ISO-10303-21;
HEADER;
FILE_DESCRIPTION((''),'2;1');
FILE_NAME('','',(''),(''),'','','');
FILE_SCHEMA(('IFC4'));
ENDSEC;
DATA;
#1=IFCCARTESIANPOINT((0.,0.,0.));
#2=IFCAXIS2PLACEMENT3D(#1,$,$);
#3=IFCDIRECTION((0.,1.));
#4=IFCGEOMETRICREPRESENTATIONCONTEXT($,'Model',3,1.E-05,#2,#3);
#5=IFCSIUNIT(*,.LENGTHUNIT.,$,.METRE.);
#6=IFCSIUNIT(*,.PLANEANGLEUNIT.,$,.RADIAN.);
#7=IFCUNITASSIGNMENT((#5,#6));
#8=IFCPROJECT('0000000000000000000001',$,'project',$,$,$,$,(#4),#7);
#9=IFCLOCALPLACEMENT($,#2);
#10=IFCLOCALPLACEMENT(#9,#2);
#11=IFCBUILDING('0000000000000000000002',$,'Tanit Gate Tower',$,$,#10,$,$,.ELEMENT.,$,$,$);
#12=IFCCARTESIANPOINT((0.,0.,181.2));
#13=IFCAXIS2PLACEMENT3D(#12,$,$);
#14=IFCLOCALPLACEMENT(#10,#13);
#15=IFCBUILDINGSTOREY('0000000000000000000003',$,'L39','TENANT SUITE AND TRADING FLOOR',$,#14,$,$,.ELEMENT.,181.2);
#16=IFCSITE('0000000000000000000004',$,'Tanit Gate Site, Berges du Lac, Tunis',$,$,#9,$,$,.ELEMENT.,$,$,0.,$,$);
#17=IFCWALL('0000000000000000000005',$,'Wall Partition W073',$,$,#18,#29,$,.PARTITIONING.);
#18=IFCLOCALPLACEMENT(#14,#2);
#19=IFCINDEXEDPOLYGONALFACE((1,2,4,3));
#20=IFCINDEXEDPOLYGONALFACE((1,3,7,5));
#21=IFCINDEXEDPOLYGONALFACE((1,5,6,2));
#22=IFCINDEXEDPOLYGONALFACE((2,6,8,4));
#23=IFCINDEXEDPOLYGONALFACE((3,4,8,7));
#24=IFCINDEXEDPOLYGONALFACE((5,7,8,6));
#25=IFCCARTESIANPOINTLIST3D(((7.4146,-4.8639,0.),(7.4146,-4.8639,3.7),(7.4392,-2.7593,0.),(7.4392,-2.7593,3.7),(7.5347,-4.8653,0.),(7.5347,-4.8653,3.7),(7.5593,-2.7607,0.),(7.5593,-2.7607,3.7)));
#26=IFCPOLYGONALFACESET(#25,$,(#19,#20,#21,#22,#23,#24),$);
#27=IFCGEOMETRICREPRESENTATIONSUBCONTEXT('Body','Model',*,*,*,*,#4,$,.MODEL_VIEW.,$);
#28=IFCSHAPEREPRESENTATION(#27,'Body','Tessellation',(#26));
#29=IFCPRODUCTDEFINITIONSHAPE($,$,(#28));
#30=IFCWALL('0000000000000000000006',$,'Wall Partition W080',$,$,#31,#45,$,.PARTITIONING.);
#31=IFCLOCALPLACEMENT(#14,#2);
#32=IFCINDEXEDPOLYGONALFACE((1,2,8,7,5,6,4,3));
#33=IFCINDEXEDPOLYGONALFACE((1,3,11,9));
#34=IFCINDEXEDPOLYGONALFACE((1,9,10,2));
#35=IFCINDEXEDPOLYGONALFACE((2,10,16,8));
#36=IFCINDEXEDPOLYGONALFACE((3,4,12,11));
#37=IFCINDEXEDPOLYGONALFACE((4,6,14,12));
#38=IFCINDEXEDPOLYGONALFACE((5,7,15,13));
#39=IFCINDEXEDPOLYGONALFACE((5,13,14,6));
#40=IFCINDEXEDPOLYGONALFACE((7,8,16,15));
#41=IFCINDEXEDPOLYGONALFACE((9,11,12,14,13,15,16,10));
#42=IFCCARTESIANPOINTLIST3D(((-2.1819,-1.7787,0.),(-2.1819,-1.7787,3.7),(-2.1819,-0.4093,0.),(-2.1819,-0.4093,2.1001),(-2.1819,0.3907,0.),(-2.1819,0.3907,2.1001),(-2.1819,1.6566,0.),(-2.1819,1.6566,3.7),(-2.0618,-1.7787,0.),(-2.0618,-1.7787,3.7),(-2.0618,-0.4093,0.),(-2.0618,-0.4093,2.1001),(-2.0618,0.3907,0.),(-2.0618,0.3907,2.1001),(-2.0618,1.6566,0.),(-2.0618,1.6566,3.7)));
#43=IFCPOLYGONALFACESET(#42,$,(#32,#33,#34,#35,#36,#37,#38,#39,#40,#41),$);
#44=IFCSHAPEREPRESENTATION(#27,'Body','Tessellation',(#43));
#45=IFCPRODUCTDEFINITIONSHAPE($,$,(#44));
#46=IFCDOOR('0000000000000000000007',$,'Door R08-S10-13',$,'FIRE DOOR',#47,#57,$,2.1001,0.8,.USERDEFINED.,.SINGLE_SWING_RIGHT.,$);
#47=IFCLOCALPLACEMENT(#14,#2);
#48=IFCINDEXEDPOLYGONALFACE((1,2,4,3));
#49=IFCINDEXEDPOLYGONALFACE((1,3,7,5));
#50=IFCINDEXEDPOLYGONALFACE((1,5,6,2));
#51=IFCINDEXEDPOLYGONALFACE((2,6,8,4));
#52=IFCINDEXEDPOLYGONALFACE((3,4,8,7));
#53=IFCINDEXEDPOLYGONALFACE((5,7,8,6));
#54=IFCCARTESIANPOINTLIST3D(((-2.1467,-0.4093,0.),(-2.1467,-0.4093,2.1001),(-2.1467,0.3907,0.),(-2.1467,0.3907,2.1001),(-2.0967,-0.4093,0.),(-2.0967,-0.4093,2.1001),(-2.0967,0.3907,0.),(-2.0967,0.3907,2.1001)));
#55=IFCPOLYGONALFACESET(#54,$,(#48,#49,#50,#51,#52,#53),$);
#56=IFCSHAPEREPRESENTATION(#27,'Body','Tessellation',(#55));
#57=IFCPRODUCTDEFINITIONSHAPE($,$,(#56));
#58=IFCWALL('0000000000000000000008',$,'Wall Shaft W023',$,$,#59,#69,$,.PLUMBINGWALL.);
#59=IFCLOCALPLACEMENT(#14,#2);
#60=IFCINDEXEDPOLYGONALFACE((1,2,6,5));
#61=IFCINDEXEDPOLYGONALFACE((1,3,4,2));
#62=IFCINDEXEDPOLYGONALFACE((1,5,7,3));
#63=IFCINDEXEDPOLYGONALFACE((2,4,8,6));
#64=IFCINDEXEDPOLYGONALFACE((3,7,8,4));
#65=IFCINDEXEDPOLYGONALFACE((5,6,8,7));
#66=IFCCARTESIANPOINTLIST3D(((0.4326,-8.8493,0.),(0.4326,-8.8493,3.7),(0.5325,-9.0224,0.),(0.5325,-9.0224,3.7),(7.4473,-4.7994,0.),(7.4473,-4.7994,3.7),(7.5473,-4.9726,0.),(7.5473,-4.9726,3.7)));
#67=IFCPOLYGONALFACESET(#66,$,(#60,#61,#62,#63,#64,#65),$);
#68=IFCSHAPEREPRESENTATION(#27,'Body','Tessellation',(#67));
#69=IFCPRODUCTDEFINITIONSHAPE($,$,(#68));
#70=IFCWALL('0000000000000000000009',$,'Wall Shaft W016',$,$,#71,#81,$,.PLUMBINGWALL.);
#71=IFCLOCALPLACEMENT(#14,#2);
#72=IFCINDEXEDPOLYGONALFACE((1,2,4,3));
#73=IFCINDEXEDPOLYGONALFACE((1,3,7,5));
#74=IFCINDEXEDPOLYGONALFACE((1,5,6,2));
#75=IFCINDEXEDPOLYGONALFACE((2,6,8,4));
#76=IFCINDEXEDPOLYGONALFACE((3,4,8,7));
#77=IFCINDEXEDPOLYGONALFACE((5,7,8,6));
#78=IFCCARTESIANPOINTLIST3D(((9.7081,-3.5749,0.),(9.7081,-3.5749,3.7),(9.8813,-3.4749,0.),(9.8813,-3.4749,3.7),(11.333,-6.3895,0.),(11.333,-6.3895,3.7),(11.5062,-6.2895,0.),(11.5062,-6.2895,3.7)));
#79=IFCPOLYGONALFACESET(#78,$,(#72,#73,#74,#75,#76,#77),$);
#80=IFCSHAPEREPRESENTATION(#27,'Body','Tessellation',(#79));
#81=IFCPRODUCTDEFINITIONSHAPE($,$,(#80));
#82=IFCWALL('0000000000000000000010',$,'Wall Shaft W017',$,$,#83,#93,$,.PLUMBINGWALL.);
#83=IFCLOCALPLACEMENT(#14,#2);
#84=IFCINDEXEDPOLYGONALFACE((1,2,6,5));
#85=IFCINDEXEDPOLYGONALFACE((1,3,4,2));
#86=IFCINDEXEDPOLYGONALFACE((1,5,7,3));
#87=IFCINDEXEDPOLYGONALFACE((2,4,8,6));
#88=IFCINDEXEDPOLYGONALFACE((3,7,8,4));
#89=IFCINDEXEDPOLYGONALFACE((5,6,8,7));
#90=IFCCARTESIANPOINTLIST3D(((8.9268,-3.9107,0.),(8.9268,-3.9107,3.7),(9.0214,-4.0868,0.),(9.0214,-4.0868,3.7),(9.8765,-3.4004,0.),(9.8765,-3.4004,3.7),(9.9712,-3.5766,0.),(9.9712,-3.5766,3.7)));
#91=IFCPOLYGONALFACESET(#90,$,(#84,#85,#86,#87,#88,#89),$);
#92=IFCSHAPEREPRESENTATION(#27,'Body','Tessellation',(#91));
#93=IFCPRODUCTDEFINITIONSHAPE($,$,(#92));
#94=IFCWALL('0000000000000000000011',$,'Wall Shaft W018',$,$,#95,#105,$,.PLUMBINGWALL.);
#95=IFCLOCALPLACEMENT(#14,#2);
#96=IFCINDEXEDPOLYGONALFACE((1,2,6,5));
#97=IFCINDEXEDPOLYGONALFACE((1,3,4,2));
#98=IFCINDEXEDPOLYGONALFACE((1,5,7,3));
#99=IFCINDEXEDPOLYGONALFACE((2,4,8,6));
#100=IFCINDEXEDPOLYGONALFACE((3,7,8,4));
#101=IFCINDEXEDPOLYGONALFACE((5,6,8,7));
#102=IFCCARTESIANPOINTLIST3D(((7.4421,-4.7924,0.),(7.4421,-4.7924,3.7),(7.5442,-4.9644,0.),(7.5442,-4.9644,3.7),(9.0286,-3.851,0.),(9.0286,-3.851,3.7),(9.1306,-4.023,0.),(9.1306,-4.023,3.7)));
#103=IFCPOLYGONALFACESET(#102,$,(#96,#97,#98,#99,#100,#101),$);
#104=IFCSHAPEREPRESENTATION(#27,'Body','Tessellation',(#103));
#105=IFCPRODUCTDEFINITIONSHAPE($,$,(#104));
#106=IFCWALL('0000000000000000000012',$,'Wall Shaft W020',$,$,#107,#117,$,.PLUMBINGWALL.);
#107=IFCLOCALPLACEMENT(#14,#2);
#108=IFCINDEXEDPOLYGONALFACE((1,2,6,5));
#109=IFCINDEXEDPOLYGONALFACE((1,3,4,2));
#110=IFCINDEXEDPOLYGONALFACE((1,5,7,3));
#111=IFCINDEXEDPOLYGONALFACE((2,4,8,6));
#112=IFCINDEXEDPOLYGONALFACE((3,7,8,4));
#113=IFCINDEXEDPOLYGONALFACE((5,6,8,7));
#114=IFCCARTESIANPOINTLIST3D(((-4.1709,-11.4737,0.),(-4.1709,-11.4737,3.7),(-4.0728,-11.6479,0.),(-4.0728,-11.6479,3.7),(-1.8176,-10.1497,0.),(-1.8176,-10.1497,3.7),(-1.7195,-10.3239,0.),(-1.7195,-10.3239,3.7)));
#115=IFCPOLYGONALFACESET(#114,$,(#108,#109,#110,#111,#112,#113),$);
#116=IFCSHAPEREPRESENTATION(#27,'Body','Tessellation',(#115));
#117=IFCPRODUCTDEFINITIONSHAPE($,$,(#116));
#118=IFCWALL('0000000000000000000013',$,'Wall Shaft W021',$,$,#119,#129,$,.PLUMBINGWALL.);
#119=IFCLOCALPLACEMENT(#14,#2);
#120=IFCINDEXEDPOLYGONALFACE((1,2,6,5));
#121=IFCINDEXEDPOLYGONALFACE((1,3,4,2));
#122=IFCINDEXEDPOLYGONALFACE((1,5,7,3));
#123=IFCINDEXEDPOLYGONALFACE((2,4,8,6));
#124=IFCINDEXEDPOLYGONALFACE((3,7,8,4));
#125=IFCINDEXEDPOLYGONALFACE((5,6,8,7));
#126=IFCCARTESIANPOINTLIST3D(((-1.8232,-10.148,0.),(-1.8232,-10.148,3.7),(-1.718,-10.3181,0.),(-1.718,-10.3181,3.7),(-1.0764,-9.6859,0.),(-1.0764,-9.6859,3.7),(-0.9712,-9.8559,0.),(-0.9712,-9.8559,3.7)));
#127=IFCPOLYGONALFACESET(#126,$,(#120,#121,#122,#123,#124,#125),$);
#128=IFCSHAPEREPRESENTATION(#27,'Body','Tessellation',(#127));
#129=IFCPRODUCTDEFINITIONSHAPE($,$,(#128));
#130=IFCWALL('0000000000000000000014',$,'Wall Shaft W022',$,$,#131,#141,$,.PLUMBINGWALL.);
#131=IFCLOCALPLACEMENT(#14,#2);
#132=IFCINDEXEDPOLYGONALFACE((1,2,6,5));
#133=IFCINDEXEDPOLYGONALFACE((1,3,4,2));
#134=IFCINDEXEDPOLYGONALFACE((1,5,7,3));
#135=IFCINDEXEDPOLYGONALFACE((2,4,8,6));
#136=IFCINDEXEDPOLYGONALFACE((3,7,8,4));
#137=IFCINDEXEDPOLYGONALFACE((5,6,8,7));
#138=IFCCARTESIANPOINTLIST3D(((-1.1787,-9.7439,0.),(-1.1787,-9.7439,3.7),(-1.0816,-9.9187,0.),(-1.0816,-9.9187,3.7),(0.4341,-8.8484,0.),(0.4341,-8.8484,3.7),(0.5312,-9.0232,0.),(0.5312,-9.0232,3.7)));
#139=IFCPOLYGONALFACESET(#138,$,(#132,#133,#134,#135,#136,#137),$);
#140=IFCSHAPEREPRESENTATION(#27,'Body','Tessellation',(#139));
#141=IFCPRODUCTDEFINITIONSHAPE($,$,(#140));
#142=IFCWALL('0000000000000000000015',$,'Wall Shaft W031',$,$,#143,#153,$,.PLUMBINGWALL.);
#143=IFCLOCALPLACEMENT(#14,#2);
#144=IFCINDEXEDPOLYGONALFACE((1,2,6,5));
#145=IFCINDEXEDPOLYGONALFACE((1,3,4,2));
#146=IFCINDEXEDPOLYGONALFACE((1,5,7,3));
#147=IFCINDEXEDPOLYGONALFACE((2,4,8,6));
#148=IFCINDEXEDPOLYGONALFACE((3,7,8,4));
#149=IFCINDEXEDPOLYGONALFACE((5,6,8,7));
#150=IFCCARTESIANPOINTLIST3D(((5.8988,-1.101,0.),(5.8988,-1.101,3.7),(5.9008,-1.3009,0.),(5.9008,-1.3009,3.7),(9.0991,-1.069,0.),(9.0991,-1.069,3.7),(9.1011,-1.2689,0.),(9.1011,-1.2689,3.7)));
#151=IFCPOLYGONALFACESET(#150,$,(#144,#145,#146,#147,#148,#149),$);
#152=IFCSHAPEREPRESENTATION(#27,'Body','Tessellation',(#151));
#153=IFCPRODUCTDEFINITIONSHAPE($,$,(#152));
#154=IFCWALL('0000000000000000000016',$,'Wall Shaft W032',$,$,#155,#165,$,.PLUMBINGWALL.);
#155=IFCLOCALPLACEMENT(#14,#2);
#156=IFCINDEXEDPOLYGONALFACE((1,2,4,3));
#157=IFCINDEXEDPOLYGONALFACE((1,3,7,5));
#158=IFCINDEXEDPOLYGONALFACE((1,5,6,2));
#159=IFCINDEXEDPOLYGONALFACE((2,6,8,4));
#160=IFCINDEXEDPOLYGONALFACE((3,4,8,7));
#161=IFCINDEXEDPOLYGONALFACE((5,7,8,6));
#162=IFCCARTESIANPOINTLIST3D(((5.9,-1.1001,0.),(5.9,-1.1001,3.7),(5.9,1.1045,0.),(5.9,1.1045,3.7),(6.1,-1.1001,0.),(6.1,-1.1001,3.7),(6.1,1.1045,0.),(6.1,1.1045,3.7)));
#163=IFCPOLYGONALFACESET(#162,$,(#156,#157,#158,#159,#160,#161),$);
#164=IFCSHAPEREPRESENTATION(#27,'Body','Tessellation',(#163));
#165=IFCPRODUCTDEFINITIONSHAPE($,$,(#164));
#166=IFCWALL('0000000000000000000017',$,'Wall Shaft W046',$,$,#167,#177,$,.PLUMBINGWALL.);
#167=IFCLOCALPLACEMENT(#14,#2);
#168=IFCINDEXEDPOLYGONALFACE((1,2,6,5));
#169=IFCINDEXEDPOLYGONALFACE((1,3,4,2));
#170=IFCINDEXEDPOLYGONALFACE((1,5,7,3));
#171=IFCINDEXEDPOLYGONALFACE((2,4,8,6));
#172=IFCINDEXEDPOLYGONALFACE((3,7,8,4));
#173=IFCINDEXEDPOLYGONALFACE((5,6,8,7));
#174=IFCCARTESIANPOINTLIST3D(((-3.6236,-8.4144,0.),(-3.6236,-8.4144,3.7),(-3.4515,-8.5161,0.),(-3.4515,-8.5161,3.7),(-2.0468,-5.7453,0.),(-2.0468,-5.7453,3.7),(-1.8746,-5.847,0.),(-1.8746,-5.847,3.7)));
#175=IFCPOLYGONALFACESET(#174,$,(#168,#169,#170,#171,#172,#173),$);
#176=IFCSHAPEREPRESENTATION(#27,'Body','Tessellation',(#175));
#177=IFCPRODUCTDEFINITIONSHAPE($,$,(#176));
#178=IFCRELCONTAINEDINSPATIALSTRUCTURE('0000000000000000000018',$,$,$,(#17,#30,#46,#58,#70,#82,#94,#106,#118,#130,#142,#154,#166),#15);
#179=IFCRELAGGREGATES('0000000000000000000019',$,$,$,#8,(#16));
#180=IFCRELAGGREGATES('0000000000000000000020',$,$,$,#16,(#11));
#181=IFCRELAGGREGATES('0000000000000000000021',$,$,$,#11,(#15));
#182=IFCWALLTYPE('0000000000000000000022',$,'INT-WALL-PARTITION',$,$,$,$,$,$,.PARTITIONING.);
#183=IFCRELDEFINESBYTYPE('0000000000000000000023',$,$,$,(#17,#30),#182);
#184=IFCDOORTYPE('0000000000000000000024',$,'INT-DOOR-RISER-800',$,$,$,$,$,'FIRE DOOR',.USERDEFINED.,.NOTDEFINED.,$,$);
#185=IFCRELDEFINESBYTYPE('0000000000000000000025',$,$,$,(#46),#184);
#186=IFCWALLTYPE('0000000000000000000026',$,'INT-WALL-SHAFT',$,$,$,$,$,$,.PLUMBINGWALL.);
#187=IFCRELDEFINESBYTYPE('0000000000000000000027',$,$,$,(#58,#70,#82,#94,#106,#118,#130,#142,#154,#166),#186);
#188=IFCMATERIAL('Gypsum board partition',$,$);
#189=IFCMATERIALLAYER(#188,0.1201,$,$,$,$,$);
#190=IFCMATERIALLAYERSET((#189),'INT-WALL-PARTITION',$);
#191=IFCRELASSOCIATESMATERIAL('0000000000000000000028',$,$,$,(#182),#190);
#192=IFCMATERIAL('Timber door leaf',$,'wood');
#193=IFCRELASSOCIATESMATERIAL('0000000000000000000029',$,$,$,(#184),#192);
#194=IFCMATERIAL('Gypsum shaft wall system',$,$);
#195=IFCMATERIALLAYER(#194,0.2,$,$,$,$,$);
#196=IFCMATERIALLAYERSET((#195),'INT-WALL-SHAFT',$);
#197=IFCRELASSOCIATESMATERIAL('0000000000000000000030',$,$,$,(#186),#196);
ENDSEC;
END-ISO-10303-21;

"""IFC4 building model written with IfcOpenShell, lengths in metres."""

from ifc_helpers import new_model, si_unit, direction, frame, frame_2d, origin, place, context, subcontext, project, spatial, rectangle, extrude, material, layer, layer_set, type_object, element, fill, save


model = new_model("IFC4")

# Units and contexts
model_context = context("Model", 3, precision=1e-05, world=origin(), true_north=direction((0.0, 1.0)))
body_context = subcontext(model_context, "Body", "Model", "MODEL_VIEW")
ifc_project = project(units=[si_unit("LENGTHUNIT", "METRE"), si_unit("PLANEANGLEUNIT", "RADIAN")], contexts=[model_context])

# Site, building, storey
site_placement = place(None, origin())
site = spatial("IfcSite", under=ifc_project, at=site_placement, Name="Tanit Gate Site, Berges du Lac, Tunis", CompositionType="ELEMENT", RefElevation=0.0)
building_placement = place(site_placement, origin())
building = spatial("IfcBuilding", under=site, at=building_placement, Name="Tanit Gate Tower", CompositionType="ELEMENT")
storey_placement = place(building_placement, frame((0.0, 0.0, 181.2)))
storey = spatial("IfcBuildingStorey", under=building, at=storey_placement, Name="L39", Description="TENANT SUITE AND TRADING FLOOR", CompositionType="ELEMENT", Elevation=181.2)

# Shared definitions
ifc_material_1 = material(Name="Gypsum board partition")
ifc_layer_1 = layer(ifc_material_1, 0.1201)
ifc_layer_set_1 = layer_set([ifc_layer_1], Name="INT-WALL-PARTITION")
wall_type_1 = type_object("IfcWallType", Name="INT-WALL-PARTITION", PredefinedType="PARTITIONING", material=ifc_layer_set_1)
ifc_material_2 = material(Name="Timber door leaf", Category="wood")
door_type_1 = type_object("IfcDoorType", Name="INT-DOOR-RISER-800", ElementType="FIRE DOOR", OperationType="NOTDEFINED", PredefinedType="USERDEFINED", material=ifc_material_2)

# Wall
wall_1_placement = place(storey_placement, frame((7.4746, -4.8645, 0.0), z_axis=(0.0, 0.0, 1.0), x_axis=(0.011716, 0.999931, 0.0)))
element("IfcWall", 1, at=wall_1_placement, inside=storey, type_object=wall_type_1, Name="Wall Partition W073", PredefinedType="PARTITIONING", context=body_context, shape_type="SweptSolid", body=[
    extrude(rectangle(XDim=2.1047, YDim=0.1201, at=frame_2d((1.0522, 0.0))), origin(), (0.0, 0.0, 1.0), 3.7),
])

# Wall, opening, door
wall_2_placement = place(storey_placement, frame((-2.1218, -1.7788, 0.0), z_axis=(0.0, 0.0, 1.0), x_axis=(0.0, 1.0, 0.0)))
wall_2 = element("IfcWall", 2, at=wall_2_placement, inside=storey, type_object=wall_type_1, Name="Wall Partition W080", PredefinedType="PARTITIONING", context=body_context, shape_type="SweptSolid", body=[
    extrude(rectangle(XDim=3.4353, YDim=0.1201, at=frame_2d((1.7178, 0.0))), origin(), (0.0, 0.0, 1.0), 3.7),
])
opening_1_placement = place(wall_2_placement, frame((1.3696, 0.0, 0.0)))
opening_1 = element("IfcOpeningElement", 3, at=opening_1_placement, cuts=wall_2, PredefinedType="OPENING", context=body_context, shape_type="SweptSolid", body=[
    extrude(rectangle(XDim=0.8, YDim=2.1001, at=frame_2d((0.3999, 1.05))), frame((0.0, 0.0701, 0.0), z_axis=(0.0, -1.0, 0.0), x_axis=(1.0, 0.0, 0.0)), (0.0, 0.0, 1.0), 0.1401),
])
door_1_placement = place(opening_1_placement, origin())
door_1 = element("IfcDoor", 4, at=door_1_placement, inside=storey, type_object=door_type_1, Name="Door R08-S10-13", ObjectType="FIRE DOOR", OperationType="SINGLE_SWING_RIGHT", OverallHeight=2.1001, OverallWidth=0.8, PredefinedType="USERDEFINED", context=body_context, shape_type="SweptSolid", body=[
    extrude(rectangle(XDim=0.8, YDim=2.1001, at=frame_2d((0.3999, 1.05))), frame((0.0, 0.0249, 0.0), z_axis=(0.0, -1.0, 0.0), x_axis=(1.0, 0.0, 0.0)), (0.0, 0.0, 1.0), 0.05),
])
fill(opening_1, door_1)

# Walls
ifc_material_3 = material(Name="Gypsum shaft wall system")
ifc_layer_2 = layer(ifc_material_3, 0.2)
ifc_layer_set_2 = layer_set([ifc_layer_2], Name="INT-WALL-SHAFT")
wall_type_2 = type_object("IfcWallType", Name="INT-WALL-SHAFT", PredefinedType="PLUMBINGWALL", material=ifc_layer_set_2)
wall_3_placement = place(storey_placement, frame((0.4827, -8.9358, 0.0), z_axis=(0.0, 0.0, 1.0), x_axis=(0.866031, 0.49999, 0.0)))
element("IfcWall", 5, at=wall_3_placement, inside=storey, type_object=wall_type_2, Name="Wall Shaft W023", PredefinedType="PLUMBINGWALL", context=body_context, shape_type="SweptSolid", body=[
    extrude(rectangle(XDim=8.0999, YDim=0.2, at=frame_2d((4.0498, 0.0))), origin(), (0.0, 0.0, 1.0), 3.7),
])
wall_4_placement = place(storey_placement, frame((9.7947, -3.5249, 0.0), z_axis=(0.0, 0.0, 1.0), x_axis=(0.499985, -0.866034, 0.0)))
element("IfcWall", 6, at=wall_4_placement, inside=storey, type_object=wall_type_2, Name="Wall Shaft W016", PredefinedType="PLUMBINGWALL", context=body_context, shape_type="SweptSolid", body=[
    extrude(rectangle(XDim=3.25, YDim=0.2, at=frame_2d((1.625, 0.0))), origin(), (0.0, 0.0, 1.0), 3.7),
])
wall_5_placement = place(storey_placement, frame((8.9741, -3.9988, 0.0), z_axis=(0.0, 0.0, 1.0), x_axis=(0.880907, 0.473289, 0.0)))
element("IfcWall", 7, at=wall_5_placement, inside=storey, type_object=wall_type_2, Name="Wall Shaft W017", PredefinedType="PLUMBINGWALL", context=body_context, shape_type="SweptSolid", body=[
    extrude(rectangle(XDim=1.0781, YDim=0.2, at=frame_2d((0.5391, 0.0))), origin(), (0.0, 0.0, 1.0), 3.7),
])
wall_6_placement = place(storey_placement, frame((7.4932, -4.8784, 0.0), z_axis=(0.0, 0.0, 1.0), x_axis=(0.859982, 0.510325, 0.0)))
element("IfcWall", 8, at=wall_6_placement, inside=storey, type_object=wall_type_2, Name="Wall Shaft W018", PredefinedType="PLUMBINGWALL", context=body_context, shape_type="SweptSolid", body=[
    extrude(rectangle(XDim=1.8447, YDim=0.2, at=frame_2d((0.9224, 0.0))), origin(), (0.0, 0.0, 1.0), 3.7),
])
wall_7_placement = place(storey_placement, frame((-1.7686, -10.2368, 0.0), z_axis=(0.0, 0.0, 1.0), x_axis=(-0.871534, -0.490334, 0.0)))
element("IfcWall", 9, at=wall_7_placement, inside=storey, type_object=wall_type_2, Name="Wall Shaft W020", PredefinedType="PLUMBINGWALL", context=body_context, shape_type="SweptSolid", body=[
    extrude(rectangle(XDim=2.7002, YDim=0.2, at=frame_2d((1.3501, 0.0))), origin(), (0.0, 0.0, 1.0), 3.7),
])
wall_8_placement = place(storey_placement, frame((-1.0239, -9.771, 0.0), z_axis=(0.0, 0.0, 1.0), x_axis=(-0.850348, -0.526221, 0.0)))
element("IfcWall", 10, at=wall_8_placement, inside=storey, type_object=wall_type_2, Name="Wall Shaft W021", PredefinedType="PLUMBINGWALL", context=body_context, shape_type="SweptSolid", body=[
    extrude(rectangle(XDim=0.8782, YDim=0.2, at=frame_2d((0.439, 0.0))), origin(), (0.0, 0.0, 1.0), 3.7),
])
wall_9_placement = place(storey_placement, frame((-1.1301, -9.8313, 0.0), z_axis=(0.0, 0.0, 1.0), x_axis=(0.87427, 0.485441, 0.0)))
element("IfcWall", 11, at=wall_9_placement, inside=storey, type_object=wall_type_2, Name="Wall Shaft W022", PredefinedType="PLUMBINGWALL", context=body_context, shape_type="SweptSolid", body=[
    extrude(rectangle(XDim=1.8447, YDim=0.2, at=frame_2d((0.9224, 0.0))), origin(), (0.0, 0.0, 1.0), 3.7),
])
wall_10_placement = place(storey_placement, frame((5.8999, -1.2009, 0.0), z_axis=(0.0, 0.0, 1.0), x_axis=(0.99995, 0.009993, 0.0)))
element("IfcWall", 12, at=wall_10_placement, inside=storey, type_object=wall_type_2, Name="Wall Shaft W031", PredefinedType="PLUMBINGWALL", context=body_context, shape_type="SweptSolid", body=[
    extrude(rectangle(XDim=3.2004, YDim=0.2, at=frame_2d((1.6001, 0.0))), origin(), (0.0, 0.0, 1.0), 3.7),
])
wall_11_placement = place(storey_placement, frame((6.0, -1.1001, 0.0), z_axis=(0.0, 0.0, 1.0), x_axis=(0.0, 1.0, 0.0)))
element("IfcWall", 13, at=wall_11_placement, inside=storey, type_object=wall_type_2, Name="Wall Shaft W032", PredefinedType="PLUMBINGWALL", context=body_context, shape_type="SweptSolid", body=[
    extrude(rectangle(XDim=2.2046, YDim=0.2, at=frame_2d((1.1023, 0.0))), origin(), (0.0, 0.0, 1.0), 3.7),
])
wall_12_placement = place(storey_placement, frame((-1.9607, -5.7961, 0.0), z_axis=(0.0, 0.0, 1.0), x_axis=(-0.508647, -0.860975, 0.0)))
element("IfcWall", 14, at=wall_12_placement, inside=storey, type_object=wall_type_2, Name="Wall Shaft W046", PredefinedType="PLUMBINGWALL", context=body_context, shape_type="SweptSolid", body=[
    extrude(rectangle(XDim=3.1001, YDim=0.2, at=frame_2d((1.55, 0.0))), origin(), (0.0, 0.0, 1.0), 3.7),
])

save(model, "model.ifc")
